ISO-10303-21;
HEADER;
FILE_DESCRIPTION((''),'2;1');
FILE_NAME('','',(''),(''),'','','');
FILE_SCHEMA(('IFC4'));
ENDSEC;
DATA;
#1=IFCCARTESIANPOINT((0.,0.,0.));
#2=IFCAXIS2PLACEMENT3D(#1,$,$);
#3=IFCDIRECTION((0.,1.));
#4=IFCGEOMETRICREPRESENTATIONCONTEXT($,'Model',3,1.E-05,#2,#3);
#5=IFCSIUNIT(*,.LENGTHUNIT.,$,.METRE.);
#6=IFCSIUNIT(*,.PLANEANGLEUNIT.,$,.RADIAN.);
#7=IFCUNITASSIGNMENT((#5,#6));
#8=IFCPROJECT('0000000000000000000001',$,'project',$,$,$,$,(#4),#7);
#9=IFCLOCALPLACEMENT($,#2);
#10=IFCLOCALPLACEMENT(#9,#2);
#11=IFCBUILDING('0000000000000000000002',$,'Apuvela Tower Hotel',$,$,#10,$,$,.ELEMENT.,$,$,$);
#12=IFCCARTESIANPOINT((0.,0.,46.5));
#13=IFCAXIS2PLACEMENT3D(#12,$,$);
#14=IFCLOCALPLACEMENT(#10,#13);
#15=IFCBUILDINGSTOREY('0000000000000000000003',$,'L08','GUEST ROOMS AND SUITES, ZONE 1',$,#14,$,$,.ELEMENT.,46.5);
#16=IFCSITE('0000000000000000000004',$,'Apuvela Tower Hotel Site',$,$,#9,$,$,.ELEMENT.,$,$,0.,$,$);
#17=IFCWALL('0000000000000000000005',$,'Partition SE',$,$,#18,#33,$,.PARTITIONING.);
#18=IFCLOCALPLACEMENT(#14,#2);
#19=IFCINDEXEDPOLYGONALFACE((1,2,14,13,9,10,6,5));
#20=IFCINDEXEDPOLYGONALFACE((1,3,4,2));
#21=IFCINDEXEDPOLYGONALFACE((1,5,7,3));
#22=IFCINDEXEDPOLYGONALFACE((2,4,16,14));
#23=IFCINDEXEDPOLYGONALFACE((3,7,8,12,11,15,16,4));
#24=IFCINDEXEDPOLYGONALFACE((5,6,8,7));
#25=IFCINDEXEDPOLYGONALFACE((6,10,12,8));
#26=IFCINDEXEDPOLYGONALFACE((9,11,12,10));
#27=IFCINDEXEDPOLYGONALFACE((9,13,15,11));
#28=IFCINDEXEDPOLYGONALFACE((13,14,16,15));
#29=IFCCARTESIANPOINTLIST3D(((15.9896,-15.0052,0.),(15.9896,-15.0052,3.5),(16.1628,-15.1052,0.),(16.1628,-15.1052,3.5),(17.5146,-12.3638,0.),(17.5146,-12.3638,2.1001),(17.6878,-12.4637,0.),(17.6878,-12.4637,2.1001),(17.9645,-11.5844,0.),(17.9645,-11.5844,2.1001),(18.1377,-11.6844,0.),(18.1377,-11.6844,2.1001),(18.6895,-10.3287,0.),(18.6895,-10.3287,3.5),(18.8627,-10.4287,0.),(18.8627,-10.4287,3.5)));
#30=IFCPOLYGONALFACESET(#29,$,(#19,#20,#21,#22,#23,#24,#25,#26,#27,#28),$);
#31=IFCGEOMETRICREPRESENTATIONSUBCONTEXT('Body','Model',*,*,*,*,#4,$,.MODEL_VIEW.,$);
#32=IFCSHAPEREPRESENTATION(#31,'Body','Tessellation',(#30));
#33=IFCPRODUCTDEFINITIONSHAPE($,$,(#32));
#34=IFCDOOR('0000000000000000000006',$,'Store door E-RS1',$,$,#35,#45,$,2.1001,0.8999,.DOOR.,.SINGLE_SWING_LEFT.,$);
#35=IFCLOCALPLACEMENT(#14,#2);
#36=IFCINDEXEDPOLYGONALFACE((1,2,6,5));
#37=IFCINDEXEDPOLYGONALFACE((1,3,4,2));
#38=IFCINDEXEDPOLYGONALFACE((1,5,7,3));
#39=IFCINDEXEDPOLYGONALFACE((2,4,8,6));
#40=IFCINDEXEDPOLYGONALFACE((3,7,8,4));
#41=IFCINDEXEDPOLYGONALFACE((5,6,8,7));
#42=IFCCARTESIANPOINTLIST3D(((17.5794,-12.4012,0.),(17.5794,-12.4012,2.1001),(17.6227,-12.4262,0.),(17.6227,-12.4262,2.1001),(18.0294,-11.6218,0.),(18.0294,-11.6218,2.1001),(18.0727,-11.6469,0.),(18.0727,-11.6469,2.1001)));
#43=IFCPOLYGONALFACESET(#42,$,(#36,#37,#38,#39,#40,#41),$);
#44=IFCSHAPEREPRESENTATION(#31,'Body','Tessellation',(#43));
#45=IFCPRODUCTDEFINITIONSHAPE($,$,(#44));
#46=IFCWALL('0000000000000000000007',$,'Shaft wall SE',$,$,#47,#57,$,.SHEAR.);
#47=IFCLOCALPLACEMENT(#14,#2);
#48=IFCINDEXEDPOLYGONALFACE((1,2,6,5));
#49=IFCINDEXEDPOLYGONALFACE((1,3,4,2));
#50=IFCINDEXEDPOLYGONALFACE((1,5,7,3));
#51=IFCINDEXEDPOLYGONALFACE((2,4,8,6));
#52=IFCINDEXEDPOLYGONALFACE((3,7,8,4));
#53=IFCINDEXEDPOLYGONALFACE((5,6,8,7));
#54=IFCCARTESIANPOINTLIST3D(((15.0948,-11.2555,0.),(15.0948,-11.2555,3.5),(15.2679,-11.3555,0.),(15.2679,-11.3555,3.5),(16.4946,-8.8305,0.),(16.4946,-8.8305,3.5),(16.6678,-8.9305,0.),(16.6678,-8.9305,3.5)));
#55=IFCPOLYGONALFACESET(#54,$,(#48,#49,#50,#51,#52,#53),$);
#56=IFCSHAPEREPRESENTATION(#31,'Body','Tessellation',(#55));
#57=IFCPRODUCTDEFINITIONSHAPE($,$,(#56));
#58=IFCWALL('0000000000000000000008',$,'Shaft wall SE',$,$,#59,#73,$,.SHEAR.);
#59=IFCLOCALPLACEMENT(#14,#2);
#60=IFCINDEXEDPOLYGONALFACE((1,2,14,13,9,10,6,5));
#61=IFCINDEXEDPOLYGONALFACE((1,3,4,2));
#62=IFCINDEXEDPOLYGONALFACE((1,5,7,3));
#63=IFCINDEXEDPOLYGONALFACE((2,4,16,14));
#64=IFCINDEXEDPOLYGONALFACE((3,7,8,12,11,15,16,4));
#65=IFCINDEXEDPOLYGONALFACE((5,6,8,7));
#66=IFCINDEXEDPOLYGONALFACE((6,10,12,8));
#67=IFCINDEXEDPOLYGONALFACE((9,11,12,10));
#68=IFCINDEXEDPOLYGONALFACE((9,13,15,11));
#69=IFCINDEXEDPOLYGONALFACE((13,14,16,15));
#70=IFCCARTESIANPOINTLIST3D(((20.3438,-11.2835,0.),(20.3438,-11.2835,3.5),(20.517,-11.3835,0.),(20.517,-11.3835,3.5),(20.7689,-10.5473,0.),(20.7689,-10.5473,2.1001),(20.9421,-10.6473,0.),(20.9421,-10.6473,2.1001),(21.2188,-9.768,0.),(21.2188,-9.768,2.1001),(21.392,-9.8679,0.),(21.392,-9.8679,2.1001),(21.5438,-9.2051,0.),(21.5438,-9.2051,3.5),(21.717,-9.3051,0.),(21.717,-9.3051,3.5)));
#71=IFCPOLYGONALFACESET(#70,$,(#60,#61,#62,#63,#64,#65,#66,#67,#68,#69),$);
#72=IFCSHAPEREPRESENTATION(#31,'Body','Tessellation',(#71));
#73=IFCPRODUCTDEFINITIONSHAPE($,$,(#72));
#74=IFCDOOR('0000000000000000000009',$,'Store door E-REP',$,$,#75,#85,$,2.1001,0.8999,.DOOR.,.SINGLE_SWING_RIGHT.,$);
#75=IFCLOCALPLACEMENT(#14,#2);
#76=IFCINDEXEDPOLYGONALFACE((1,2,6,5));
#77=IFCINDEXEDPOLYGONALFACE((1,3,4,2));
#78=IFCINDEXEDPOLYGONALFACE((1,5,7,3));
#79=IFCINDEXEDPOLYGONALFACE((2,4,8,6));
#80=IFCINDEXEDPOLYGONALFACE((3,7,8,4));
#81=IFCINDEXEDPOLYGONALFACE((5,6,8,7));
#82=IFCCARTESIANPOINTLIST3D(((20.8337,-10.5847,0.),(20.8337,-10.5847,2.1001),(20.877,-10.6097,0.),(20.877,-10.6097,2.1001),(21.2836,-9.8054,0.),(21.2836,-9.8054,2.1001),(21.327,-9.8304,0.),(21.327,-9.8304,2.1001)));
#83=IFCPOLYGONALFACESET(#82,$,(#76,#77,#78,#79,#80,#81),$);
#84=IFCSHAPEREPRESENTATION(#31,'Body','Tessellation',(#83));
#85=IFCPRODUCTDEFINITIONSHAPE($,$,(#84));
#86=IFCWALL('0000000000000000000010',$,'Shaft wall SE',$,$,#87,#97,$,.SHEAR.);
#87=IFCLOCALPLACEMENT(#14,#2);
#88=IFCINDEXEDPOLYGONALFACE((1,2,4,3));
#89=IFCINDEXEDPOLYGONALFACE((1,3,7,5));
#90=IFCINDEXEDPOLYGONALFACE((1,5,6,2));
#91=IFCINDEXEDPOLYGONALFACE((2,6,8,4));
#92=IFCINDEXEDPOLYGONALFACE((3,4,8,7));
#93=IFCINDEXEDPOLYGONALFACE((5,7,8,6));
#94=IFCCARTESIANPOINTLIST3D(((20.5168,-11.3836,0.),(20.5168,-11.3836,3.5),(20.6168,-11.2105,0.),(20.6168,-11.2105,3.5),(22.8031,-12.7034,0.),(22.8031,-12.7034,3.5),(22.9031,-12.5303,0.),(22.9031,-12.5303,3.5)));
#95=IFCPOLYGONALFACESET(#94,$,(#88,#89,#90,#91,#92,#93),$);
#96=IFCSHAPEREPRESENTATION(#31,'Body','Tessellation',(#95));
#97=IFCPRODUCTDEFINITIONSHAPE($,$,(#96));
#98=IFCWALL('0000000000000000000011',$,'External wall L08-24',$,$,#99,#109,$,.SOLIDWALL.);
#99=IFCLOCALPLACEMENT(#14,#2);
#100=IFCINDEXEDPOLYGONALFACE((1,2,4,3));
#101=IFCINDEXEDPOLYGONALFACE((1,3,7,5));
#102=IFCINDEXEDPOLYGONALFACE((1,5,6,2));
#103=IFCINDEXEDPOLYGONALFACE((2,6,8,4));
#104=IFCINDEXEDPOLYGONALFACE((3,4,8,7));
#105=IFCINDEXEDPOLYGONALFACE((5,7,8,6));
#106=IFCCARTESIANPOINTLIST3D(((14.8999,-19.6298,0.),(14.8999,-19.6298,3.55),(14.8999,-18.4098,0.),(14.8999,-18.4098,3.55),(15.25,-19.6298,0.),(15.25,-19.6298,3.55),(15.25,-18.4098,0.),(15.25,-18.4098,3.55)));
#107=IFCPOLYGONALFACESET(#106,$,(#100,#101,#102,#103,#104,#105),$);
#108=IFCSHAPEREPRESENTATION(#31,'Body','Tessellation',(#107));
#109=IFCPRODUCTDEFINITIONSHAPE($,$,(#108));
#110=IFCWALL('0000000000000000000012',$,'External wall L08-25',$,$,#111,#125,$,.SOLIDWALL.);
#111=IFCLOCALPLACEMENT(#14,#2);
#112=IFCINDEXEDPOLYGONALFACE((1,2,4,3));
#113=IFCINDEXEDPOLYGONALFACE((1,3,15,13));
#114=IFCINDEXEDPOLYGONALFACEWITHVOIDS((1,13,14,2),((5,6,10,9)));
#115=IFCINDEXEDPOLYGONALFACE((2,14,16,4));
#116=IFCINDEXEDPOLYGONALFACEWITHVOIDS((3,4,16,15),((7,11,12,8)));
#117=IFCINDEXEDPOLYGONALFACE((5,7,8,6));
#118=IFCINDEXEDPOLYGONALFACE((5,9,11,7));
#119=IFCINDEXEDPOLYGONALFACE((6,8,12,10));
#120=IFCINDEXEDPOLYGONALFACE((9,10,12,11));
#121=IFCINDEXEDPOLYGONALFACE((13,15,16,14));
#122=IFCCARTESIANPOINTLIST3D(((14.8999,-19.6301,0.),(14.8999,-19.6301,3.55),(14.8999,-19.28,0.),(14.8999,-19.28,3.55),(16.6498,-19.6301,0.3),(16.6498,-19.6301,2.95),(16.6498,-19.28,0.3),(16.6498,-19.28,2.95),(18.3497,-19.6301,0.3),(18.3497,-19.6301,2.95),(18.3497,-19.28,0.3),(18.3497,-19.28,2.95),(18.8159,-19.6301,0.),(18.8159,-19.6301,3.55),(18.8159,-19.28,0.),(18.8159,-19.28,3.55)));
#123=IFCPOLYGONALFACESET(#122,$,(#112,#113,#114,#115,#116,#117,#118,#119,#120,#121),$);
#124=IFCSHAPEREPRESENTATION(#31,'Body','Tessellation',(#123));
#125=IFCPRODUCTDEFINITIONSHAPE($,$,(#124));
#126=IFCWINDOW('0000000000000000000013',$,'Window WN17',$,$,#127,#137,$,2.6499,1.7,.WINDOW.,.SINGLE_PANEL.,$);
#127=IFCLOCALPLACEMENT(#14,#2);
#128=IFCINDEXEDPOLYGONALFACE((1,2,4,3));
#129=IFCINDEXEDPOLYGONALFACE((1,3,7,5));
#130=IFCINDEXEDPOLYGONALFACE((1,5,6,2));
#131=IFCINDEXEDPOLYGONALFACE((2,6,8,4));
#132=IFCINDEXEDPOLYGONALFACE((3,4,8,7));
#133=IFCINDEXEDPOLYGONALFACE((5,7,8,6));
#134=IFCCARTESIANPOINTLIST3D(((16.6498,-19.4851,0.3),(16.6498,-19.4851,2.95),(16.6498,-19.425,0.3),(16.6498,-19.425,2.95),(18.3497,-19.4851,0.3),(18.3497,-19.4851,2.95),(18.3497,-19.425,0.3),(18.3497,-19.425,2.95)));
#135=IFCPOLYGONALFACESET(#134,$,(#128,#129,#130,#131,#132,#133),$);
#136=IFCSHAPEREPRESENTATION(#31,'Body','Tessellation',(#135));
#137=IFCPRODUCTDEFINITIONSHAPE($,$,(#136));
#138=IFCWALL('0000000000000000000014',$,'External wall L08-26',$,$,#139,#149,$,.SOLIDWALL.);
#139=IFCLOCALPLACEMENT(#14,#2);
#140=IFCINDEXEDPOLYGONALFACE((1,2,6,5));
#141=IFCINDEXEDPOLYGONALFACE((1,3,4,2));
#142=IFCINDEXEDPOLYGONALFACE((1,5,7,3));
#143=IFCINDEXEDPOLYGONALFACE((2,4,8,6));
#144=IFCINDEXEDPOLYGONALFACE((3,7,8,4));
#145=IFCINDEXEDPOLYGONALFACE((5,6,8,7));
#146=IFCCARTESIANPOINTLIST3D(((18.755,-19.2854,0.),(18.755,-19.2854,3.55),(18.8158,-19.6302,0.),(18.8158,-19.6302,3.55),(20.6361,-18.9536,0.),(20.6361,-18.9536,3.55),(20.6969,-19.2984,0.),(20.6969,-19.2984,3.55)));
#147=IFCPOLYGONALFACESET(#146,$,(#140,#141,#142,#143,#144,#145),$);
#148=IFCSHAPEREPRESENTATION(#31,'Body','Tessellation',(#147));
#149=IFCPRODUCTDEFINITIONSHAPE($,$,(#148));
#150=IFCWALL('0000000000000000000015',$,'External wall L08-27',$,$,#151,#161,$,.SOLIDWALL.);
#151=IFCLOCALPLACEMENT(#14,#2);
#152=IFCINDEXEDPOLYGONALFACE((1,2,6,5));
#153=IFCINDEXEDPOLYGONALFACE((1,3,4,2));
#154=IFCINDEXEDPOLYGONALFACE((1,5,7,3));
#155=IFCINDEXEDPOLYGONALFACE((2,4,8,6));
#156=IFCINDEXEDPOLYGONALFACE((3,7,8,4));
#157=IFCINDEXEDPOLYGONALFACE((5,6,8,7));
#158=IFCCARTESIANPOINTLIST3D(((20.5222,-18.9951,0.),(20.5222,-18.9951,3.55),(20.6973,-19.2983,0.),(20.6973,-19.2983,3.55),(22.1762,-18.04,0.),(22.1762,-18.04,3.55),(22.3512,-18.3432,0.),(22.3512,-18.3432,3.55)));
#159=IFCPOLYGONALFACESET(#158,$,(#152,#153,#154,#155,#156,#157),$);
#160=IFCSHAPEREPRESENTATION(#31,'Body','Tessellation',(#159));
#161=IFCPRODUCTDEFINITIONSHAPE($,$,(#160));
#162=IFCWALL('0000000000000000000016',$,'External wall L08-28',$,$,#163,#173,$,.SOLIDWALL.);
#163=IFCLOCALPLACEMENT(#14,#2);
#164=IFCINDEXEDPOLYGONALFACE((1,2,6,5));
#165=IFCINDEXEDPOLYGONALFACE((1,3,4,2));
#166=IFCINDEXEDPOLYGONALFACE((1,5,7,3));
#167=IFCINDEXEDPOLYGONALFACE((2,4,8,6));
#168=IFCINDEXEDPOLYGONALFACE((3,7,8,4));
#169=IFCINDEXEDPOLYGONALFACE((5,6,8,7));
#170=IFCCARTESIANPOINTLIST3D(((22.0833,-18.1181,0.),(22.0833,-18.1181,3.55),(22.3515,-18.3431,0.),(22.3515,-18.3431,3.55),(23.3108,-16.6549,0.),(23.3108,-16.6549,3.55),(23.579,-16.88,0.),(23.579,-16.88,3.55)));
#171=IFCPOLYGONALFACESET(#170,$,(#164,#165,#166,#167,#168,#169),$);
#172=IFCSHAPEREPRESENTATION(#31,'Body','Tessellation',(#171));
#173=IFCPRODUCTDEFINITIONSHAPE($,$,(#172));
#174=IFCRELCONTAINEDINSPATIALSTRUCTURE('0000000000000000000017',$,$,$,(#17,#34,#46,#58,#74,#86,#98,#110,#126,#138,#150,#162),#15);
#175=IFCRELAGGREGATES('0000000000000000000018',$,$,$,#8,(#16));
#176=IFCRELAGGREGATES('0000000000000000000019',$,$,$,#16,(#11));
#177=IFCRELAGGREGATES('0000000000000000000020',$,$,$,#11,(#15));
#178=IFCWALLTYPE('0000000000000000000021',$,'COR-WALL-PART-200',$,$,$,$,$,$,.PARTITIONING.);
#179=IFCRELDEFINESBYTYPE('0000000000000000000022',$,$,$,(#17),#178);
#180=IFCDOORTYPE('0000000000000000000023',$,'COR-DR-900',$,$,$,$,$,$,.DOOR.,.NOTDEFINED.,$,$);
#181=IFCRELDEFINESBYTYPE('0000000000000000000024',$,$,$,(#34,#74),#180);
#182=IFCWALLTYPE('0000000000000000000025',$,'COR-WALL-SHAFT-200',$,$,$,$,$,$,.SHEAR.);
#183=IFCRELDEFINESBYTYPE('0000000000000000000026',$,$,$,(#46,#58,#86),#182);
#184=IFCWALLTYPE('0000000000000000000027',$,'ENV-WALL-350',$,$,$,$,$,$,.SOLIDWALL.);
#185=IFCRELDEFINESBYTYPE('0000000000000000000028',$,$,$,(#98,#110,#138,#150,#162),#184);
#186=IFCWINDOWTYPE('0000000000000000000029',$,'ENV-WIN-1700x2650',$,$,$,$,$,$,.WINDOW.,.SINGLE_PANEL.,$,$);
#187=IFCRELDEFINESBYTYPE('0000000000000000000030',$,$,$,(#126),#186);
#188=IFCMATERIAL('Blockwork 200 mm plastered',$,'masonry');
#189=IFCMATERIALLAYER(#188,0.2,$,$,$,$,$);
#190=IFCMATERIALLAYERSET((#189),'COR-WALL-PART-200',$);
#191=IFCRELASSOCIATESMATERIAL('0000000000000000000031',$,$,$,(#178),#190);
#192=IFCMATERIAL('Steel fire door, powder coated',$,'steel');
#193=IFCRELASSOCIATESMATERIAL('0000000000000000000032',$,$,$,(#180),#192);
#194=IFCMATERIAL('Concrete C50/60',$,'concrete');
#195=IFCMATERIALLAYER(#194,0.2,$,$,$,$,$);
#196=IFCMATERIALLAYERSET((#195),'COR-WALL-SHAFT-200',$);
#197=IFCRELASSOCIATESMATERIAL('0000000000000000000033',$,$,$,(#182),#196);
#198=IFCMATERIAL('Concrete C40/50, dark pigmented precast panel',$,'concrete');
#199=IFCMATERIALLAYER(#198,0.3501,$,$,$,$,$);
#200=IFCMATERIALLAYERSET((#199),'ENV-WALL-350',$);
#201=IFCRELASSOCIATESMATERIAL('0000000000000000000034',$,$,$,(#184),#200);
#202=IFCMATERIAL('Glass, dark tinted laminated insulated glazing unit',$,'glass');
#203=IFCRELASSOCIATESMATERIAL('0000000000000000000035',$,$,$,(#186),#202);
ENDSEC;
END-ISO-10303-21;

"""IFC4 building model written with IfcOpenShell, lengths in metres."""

from ifc_helpers import new_model, si_unit, direction, frame, frame_2d, origin, place, context, subcontext, project, spatial, rectangle, extrude, material, layer, layer_set, type_object, element, fill, save


model = new_model("IFC4")

# Units and contexts
model_context = context("Model", 3, precision=1e-05, world=origin(), true_north=direction((0.0, 1.0)))
body_context = subcontext(model_context, "Body", "Model", "MODEL_VIEW")
ifc_project = project(units=[si_unit("LENGTHUNIT", "METRE"), si_unit("PLANEANGLEUNIT", "RADIAN")], contexts=[model_context])

# Site, building, storey
site_placement = place(None, origin())
site = spatial("IfcSite", under=ifc_project, at=site_placement, Name="Apuvela Tower Hotel Site", CompositionType="ELEMENT", RefElevation=0.0)
building_placement = place(site_placement, origin())
building = spatial("IfcBuilding", under=site, at=building_placement, Name="Apuvela Tower Hotel", CompositionType="ELEMENT")
storey_placement = place(building_placement, frame((0.0, 0.0, 46.5)))
storey = spatial("IfcBuildingStorey", under=building, at=storey_placement, Name="L08", Description="GUEST ROOMS AND SUITES, ZONE 1", CompositionType="ELEMENT", Elevation=46.5)

# Wall, opening, door
ifc_material_1 = material(Name="Blockwork 200 mm plastered", Category="masonry")
ifc_layer_1 = layer(ifc_material_1, 0.2)
ifc_layer_set_1 = layer_set([ifc_layer_1], Name="COR-WALL-PART-200")
wall_type_1 = type_object("IfcWallType", Name="COR-WALL-PART-200", PredefinedType="PARTITIONING", material=ifc_layer_set_1)
wall_1_placement = place(storey_placement, frame((16.0762, -15.0552, 0.0), z_axis=(0.0, 0.0, 1.0), x_axis=(0.499995, 0.866028, 0.0)))
wall_1 = element("IfcWall", 1, at=wall_1_placement, inside=storey, type_object=wall_type_1, Name="Partition SE", PredefinedType="PARTITIONING", context=body_context, shape_type="SweptSolid", body=[
    extrude(rectangle(XDim=5.3999, YDim=0.2, at=frame_2d((2.7, 0.0))), origin(), (0.0, 0.0, 1.0), 3.5),
])
opening_1_placement = place(wall_1_placement, frame((3.05, 0.0, 0.0)))
opening_1 = element("IfcOpeningElement", 2, at=opening_1_placement, cuts=wall_1, PredefinedType="OPENING", context=body_context, shape_type="SweptSolid", body=[
    extrude(rectangle(XDim=0.8999, YDim=2.1001, at=frame_2d((0.45, 1.05))), frame((0.0, 0.1099, 0.0), z_axis=(0.0, -1.0, 0.0), x_axis=(1.0, 0.0, 0.0)), (0.0, 0.0, 1.0), 0.22),
])
ifc_material_2 = material(Name="Steel fire door, powder coated", Category="steel")
door_type_1 = type_object("IfcDoorType", Name="COR-DR-900", OperationType="NOTDEFINED", PredefinedType="DOOR", material=ifc_material_2)
door_1_placement = place(opening_1_placement, frame((0.8999, 0.0, 0.0), z_axis=(0.0, 0.0, 1.0), x_axis=(-1.0, 0.0, 0.0)))
door_1 = element("IfcDoor", 3, at=door_1_placement, inside=storey, type_object=door_type_1, Name="Store door E-RS1", OperationType="SINGLE_SWING_LEFT", OverallHeight=2.1001, OverallWidth=0.8999, PredefinedType="DOOR", context=body_context, shape_type="SweptSolid", body=[
    extrude(rectangle(XDim=0.8999, YDim=2.1001, at=frame_2d((0.45, 1.05))), frame((0.0, 0.0249, 0.0), z_axis=(0.0, -1.0, 0.0), x_axis=(1.0, 0.0, 0.0)), (0.0, 0.0, 1.0), 0.05),
])
fill(opening_1, door_1)

# Wall
ifc_material_3 = material(Name="Concrete C50/60", Category="concrete")
ifc_layer_2 = layer(ifc_material_3, 0.2)
ifc_layer_set_2 = layer_set([ifc_layer_2], Name="COR-WALL-SHAFT-200")
wall_type_2 = type_object("IfcWallType", Name="COR-WALL-SHAFT-200", PredefinedType="SHEAR", material=ifc_layer_set_2)
wall_2_placement = place(storey_placement, frame((15.1814, -11.3054, 0.0), z_axis=(0.0, 0.0, 1.0), x_axis=(0.499946, 0.866056, 0.0)))
element("IfcWall", 4, at=wall_2_placement, inside=storey, type_object=wall_type_2, Name="Shaft wall SE", PredefinedType="SHEAR", context=body_context, shape_type="SweptSolid", body=[
    extrude(rectangle(XDim=2.8, YDim=0.2, at=frame_2d((1.3999, 0.0))), origin(), (0.0, 0.0, 1.0), 3.5),
])

# Wall, opening, door
wall_3_placement = place(storey_placement, frame((20.4304, -11.3335, 0.0), z_axis=(0.0, 0.0, 1.0), x_axis=(0.500001, 0.866025, 0.0)))
wall_3 = element("IfcWall", 5, at=wall_3_placement, inside=storey, type_object=wall_type_2, Name="Shaft wall SE", PredefinedType="SHEAR", context=body_context, shape_type="SweptSolid", body=[
    extrude(rectangle(XDim=2.3999, YDim=0.2, at=frame_2d((1.2, 0.0))), origin(), (0.0, 0.0, 1.0), 3.5),
])
opening_2_placement = place(wall_3_placement, frame((0.8501, 0.0, 0.0)))
opening_2 = element("IfcOpeningElement", 6, at=opening_2_placement, cuts=wall_3, PredefinedType="OPENING", context=body_context, shape_type="SweptSolid", body=[
    extrude(rectangle(XDim=0.8999, YDim=2.1001, at=frame_2d((0.45, 1.05))), frame((0.0, 0.1099, 0.0), z_axis=(0.0, -1.0, 0.0), x_axis=(1.0, 0.0, 0.0)), (0.0, 0.0, 1.0), 0.22),
])
door_2_placement = place(opening_2_placement, frame((0.8999, 0.0, 0.0), z_axis=(0.0, 0.0, 1.0), x_axis=(-1.0, 0.0, 0.0)))
door_2 = element("IfcDoor", 7, at=door_2_placement, inside=storey, type_object=door_type_1, Name="Store door E-REP", OperationType="SINGLE_SWING_RIGHT", OverallHeight=2.1001, OverallWidth=0.8999, PredefinedType="DOOR", context=body_context, shape_type="SweptSolid", body=[
    extrude(rectangle(XDim=0.8999, YDim=2.1001, at=frame_2d((0.45, 1.05))), frame((0.0, 0.0249, 0.0), z_axis=(0.0, -1.0, 0.0), x_axis=(1.0, 0.0, 0.0)), (0.0, 0.0, 1.0), 0.05),
])
fill(opening_2, door_2)

# Walls
wall_4_placement = place(storey_placement, frame((20.5669, -11.2971, 0.0), z_axis=(0.0, 0.0, 1.0), x_axis=(0.866061, -0.499939, 0.0)))
element("IfcWall", 8, at=wall_4_placement, inside=storey, type_object=wall_type_2, Name="Shaft wall SE", PredefinedType="SHEAR", context=body_context, shape_type="SweptSolid", body=[
    extrude(rectangle(XDim=2.6399, YDim=0.2, at=frame_2d((1.3198, 0.0))), origin(), (0.0, 0.0, 1.0), 3.5),
])
ifc_material_4 = material(Name="Concrete C40/50, dark pigmented precast panel", Category="concrete")
ifc_layer_3 = layer(ifc_material_4, 0.3501)
ifc_layer_set_3 = layer_set([ifc_layer_3], Name="ENV-WALL-350")
wall_type_3 = type_object("IfcWallType", Name="ENV-WALL-350", PredefinedType="SOLIDWALL", material=ifc_layer_set_3)
wall_5_placement = place(storey_placement, frame((15.075, -18.4099, 0.0), z_axis=(0.0, 0.0, 1.0), x_axis=(0.0, -1.0, 0.0)))
element("IfcWall", 9, at=wall_5_placement, inside=storey, type_object=wall_type_3, Name="External wall L08-24", PredefinedType="SOLIDWALL", context=body_context, shape_type="SweptSolid", body=[
    extrude(rectangle(XDim=1.22, YDim=0.3501, at=frame_2d((0.6099, 0.0))), origin(), (0.0, 0.0, 1.0), 3.55),
])

# Wall, opening, window
wall_6_placement = place(storey_placement, frame((14.8999, -19.4551, 0.0), z_axis=(0.0, 0.0, 1.0), x_axis=(1.0, 0.0, 0.0)))
wall_6 = element("IfcWall", 10, at=wall_6_placement, inside=storey, type_object=wall_type_3, Name="External wall L08-25", PredefinedType="SOLIDWALL", context=body_context, shape_type="SweptSolid", body=[
    extrude(rectangle(XDim=3.916, YDim=0.3501, at=frame_2d((1.958, 0.0))), origin(), (0.0, 0.0, 1.0), 3.55),
])
opening_3_placement = place(wall_6_placement, frame((1.7498, 0.0, 0.3)))
opening_3 = element("IfcOpeningElement", 11, at=opening_3_placement, cuts=wall_6, PredefinedType="OPENING", context=body_context, shape_type="SweptSolid", body=[
    extrude(rectangle(XDim=1.7, YDim=2.6499, at=frame_2d((0.8501, 1.325))), frame((0.0, 0.1851, 0.0), z_axis=(0.0, -1.0, 0.0), x_axis=(1.0, 0.0, 0.0)), (0.0, 0.0, 1.0), 0.3701),
])
ifc_material_5 = material(Name="Glass, dark tinted laminated insulated glazing unit", Category="glass")
window_type = type_object("IfcWindowType", Name="ENV-WIN-1700x2650", PartitioningType="SINGLE_PANEL", PredefinedType="WINDOW", material=ifc_material_5)
window_placement = place(opening_3_placement, origin())
window = element("IfcWindow", 12, at=window_placement, inside=storey, type_object=window_type, Name="Window WN17", OverallHeight=2.6499, OverallWidth=1.7, PartitioningType="SINGLE_PANEL", PredefinedType="WINDOW", context=body_context, shape_type="SweptSolid", body=[
    extrude(rectangle(XDim=1.7, YDim=2.6499, at=frame_2d((0.8501, 1.325))), frame((0.0, 0.03, 0.0), z_axis=(0.0, -1.0, 0.0), x_axis=(1.0, 0.0, 0.0)), (0.0, 0.0, 1.0), 0.0601),
])
fill(opening_3, window)

# Walls
wall_7_placement = place(storey_placement, frame((18.7854, -19.4578, 0.0), z_axis=(0.0, 0.0, 1.0), x_axis=(0.984799, 0.173698, 0.0)))
element("IfcWall", 13, at=wall_7_placement, inside=storey, type_object=wall_type_3, Name="External wall L08-26", PredefinedType="SOLIDWALL", context=body_context, shape_type="SweptSolid", body=[
    extrude(rectangle(XDim=1.9102, YDim=0.3501, at=frame_2d((0.9551, 0.0))), origin(), (0.0, 0.0, 1.0), 3.55),
])
for number, where, z_axis, x_axis, name in (
    (14, (20.6096, -19.1467, 0.0), (0.0, 0.0, 1.0), (0.866, 0.500043, 0.0), "External wall L08-27"),
    (15, (22.2173, -18.2307, 0.0), (0.0, 0.0, 1.0), (0.642733, 0.76609, 0.0), "External wall L08-28"),
):
    element("IfcWall", number, at=place(storey_placement, frame(where, z_axis=z_axis, x_axis=x_axis)), inside=storey, type_object=wall_type_3, Name=name, PredefinedType="SOLIDWALL", context=body_context, shape_type="SweptSolid", body=[
        extrude(rectangle(XDim=1.9099, YDim=0.3501, at=frame_2d((0.9551, 0.0))), origin(), (0.0, 0.0, 1.0), 3.55),
    ])

save(model, "model.ifc")
